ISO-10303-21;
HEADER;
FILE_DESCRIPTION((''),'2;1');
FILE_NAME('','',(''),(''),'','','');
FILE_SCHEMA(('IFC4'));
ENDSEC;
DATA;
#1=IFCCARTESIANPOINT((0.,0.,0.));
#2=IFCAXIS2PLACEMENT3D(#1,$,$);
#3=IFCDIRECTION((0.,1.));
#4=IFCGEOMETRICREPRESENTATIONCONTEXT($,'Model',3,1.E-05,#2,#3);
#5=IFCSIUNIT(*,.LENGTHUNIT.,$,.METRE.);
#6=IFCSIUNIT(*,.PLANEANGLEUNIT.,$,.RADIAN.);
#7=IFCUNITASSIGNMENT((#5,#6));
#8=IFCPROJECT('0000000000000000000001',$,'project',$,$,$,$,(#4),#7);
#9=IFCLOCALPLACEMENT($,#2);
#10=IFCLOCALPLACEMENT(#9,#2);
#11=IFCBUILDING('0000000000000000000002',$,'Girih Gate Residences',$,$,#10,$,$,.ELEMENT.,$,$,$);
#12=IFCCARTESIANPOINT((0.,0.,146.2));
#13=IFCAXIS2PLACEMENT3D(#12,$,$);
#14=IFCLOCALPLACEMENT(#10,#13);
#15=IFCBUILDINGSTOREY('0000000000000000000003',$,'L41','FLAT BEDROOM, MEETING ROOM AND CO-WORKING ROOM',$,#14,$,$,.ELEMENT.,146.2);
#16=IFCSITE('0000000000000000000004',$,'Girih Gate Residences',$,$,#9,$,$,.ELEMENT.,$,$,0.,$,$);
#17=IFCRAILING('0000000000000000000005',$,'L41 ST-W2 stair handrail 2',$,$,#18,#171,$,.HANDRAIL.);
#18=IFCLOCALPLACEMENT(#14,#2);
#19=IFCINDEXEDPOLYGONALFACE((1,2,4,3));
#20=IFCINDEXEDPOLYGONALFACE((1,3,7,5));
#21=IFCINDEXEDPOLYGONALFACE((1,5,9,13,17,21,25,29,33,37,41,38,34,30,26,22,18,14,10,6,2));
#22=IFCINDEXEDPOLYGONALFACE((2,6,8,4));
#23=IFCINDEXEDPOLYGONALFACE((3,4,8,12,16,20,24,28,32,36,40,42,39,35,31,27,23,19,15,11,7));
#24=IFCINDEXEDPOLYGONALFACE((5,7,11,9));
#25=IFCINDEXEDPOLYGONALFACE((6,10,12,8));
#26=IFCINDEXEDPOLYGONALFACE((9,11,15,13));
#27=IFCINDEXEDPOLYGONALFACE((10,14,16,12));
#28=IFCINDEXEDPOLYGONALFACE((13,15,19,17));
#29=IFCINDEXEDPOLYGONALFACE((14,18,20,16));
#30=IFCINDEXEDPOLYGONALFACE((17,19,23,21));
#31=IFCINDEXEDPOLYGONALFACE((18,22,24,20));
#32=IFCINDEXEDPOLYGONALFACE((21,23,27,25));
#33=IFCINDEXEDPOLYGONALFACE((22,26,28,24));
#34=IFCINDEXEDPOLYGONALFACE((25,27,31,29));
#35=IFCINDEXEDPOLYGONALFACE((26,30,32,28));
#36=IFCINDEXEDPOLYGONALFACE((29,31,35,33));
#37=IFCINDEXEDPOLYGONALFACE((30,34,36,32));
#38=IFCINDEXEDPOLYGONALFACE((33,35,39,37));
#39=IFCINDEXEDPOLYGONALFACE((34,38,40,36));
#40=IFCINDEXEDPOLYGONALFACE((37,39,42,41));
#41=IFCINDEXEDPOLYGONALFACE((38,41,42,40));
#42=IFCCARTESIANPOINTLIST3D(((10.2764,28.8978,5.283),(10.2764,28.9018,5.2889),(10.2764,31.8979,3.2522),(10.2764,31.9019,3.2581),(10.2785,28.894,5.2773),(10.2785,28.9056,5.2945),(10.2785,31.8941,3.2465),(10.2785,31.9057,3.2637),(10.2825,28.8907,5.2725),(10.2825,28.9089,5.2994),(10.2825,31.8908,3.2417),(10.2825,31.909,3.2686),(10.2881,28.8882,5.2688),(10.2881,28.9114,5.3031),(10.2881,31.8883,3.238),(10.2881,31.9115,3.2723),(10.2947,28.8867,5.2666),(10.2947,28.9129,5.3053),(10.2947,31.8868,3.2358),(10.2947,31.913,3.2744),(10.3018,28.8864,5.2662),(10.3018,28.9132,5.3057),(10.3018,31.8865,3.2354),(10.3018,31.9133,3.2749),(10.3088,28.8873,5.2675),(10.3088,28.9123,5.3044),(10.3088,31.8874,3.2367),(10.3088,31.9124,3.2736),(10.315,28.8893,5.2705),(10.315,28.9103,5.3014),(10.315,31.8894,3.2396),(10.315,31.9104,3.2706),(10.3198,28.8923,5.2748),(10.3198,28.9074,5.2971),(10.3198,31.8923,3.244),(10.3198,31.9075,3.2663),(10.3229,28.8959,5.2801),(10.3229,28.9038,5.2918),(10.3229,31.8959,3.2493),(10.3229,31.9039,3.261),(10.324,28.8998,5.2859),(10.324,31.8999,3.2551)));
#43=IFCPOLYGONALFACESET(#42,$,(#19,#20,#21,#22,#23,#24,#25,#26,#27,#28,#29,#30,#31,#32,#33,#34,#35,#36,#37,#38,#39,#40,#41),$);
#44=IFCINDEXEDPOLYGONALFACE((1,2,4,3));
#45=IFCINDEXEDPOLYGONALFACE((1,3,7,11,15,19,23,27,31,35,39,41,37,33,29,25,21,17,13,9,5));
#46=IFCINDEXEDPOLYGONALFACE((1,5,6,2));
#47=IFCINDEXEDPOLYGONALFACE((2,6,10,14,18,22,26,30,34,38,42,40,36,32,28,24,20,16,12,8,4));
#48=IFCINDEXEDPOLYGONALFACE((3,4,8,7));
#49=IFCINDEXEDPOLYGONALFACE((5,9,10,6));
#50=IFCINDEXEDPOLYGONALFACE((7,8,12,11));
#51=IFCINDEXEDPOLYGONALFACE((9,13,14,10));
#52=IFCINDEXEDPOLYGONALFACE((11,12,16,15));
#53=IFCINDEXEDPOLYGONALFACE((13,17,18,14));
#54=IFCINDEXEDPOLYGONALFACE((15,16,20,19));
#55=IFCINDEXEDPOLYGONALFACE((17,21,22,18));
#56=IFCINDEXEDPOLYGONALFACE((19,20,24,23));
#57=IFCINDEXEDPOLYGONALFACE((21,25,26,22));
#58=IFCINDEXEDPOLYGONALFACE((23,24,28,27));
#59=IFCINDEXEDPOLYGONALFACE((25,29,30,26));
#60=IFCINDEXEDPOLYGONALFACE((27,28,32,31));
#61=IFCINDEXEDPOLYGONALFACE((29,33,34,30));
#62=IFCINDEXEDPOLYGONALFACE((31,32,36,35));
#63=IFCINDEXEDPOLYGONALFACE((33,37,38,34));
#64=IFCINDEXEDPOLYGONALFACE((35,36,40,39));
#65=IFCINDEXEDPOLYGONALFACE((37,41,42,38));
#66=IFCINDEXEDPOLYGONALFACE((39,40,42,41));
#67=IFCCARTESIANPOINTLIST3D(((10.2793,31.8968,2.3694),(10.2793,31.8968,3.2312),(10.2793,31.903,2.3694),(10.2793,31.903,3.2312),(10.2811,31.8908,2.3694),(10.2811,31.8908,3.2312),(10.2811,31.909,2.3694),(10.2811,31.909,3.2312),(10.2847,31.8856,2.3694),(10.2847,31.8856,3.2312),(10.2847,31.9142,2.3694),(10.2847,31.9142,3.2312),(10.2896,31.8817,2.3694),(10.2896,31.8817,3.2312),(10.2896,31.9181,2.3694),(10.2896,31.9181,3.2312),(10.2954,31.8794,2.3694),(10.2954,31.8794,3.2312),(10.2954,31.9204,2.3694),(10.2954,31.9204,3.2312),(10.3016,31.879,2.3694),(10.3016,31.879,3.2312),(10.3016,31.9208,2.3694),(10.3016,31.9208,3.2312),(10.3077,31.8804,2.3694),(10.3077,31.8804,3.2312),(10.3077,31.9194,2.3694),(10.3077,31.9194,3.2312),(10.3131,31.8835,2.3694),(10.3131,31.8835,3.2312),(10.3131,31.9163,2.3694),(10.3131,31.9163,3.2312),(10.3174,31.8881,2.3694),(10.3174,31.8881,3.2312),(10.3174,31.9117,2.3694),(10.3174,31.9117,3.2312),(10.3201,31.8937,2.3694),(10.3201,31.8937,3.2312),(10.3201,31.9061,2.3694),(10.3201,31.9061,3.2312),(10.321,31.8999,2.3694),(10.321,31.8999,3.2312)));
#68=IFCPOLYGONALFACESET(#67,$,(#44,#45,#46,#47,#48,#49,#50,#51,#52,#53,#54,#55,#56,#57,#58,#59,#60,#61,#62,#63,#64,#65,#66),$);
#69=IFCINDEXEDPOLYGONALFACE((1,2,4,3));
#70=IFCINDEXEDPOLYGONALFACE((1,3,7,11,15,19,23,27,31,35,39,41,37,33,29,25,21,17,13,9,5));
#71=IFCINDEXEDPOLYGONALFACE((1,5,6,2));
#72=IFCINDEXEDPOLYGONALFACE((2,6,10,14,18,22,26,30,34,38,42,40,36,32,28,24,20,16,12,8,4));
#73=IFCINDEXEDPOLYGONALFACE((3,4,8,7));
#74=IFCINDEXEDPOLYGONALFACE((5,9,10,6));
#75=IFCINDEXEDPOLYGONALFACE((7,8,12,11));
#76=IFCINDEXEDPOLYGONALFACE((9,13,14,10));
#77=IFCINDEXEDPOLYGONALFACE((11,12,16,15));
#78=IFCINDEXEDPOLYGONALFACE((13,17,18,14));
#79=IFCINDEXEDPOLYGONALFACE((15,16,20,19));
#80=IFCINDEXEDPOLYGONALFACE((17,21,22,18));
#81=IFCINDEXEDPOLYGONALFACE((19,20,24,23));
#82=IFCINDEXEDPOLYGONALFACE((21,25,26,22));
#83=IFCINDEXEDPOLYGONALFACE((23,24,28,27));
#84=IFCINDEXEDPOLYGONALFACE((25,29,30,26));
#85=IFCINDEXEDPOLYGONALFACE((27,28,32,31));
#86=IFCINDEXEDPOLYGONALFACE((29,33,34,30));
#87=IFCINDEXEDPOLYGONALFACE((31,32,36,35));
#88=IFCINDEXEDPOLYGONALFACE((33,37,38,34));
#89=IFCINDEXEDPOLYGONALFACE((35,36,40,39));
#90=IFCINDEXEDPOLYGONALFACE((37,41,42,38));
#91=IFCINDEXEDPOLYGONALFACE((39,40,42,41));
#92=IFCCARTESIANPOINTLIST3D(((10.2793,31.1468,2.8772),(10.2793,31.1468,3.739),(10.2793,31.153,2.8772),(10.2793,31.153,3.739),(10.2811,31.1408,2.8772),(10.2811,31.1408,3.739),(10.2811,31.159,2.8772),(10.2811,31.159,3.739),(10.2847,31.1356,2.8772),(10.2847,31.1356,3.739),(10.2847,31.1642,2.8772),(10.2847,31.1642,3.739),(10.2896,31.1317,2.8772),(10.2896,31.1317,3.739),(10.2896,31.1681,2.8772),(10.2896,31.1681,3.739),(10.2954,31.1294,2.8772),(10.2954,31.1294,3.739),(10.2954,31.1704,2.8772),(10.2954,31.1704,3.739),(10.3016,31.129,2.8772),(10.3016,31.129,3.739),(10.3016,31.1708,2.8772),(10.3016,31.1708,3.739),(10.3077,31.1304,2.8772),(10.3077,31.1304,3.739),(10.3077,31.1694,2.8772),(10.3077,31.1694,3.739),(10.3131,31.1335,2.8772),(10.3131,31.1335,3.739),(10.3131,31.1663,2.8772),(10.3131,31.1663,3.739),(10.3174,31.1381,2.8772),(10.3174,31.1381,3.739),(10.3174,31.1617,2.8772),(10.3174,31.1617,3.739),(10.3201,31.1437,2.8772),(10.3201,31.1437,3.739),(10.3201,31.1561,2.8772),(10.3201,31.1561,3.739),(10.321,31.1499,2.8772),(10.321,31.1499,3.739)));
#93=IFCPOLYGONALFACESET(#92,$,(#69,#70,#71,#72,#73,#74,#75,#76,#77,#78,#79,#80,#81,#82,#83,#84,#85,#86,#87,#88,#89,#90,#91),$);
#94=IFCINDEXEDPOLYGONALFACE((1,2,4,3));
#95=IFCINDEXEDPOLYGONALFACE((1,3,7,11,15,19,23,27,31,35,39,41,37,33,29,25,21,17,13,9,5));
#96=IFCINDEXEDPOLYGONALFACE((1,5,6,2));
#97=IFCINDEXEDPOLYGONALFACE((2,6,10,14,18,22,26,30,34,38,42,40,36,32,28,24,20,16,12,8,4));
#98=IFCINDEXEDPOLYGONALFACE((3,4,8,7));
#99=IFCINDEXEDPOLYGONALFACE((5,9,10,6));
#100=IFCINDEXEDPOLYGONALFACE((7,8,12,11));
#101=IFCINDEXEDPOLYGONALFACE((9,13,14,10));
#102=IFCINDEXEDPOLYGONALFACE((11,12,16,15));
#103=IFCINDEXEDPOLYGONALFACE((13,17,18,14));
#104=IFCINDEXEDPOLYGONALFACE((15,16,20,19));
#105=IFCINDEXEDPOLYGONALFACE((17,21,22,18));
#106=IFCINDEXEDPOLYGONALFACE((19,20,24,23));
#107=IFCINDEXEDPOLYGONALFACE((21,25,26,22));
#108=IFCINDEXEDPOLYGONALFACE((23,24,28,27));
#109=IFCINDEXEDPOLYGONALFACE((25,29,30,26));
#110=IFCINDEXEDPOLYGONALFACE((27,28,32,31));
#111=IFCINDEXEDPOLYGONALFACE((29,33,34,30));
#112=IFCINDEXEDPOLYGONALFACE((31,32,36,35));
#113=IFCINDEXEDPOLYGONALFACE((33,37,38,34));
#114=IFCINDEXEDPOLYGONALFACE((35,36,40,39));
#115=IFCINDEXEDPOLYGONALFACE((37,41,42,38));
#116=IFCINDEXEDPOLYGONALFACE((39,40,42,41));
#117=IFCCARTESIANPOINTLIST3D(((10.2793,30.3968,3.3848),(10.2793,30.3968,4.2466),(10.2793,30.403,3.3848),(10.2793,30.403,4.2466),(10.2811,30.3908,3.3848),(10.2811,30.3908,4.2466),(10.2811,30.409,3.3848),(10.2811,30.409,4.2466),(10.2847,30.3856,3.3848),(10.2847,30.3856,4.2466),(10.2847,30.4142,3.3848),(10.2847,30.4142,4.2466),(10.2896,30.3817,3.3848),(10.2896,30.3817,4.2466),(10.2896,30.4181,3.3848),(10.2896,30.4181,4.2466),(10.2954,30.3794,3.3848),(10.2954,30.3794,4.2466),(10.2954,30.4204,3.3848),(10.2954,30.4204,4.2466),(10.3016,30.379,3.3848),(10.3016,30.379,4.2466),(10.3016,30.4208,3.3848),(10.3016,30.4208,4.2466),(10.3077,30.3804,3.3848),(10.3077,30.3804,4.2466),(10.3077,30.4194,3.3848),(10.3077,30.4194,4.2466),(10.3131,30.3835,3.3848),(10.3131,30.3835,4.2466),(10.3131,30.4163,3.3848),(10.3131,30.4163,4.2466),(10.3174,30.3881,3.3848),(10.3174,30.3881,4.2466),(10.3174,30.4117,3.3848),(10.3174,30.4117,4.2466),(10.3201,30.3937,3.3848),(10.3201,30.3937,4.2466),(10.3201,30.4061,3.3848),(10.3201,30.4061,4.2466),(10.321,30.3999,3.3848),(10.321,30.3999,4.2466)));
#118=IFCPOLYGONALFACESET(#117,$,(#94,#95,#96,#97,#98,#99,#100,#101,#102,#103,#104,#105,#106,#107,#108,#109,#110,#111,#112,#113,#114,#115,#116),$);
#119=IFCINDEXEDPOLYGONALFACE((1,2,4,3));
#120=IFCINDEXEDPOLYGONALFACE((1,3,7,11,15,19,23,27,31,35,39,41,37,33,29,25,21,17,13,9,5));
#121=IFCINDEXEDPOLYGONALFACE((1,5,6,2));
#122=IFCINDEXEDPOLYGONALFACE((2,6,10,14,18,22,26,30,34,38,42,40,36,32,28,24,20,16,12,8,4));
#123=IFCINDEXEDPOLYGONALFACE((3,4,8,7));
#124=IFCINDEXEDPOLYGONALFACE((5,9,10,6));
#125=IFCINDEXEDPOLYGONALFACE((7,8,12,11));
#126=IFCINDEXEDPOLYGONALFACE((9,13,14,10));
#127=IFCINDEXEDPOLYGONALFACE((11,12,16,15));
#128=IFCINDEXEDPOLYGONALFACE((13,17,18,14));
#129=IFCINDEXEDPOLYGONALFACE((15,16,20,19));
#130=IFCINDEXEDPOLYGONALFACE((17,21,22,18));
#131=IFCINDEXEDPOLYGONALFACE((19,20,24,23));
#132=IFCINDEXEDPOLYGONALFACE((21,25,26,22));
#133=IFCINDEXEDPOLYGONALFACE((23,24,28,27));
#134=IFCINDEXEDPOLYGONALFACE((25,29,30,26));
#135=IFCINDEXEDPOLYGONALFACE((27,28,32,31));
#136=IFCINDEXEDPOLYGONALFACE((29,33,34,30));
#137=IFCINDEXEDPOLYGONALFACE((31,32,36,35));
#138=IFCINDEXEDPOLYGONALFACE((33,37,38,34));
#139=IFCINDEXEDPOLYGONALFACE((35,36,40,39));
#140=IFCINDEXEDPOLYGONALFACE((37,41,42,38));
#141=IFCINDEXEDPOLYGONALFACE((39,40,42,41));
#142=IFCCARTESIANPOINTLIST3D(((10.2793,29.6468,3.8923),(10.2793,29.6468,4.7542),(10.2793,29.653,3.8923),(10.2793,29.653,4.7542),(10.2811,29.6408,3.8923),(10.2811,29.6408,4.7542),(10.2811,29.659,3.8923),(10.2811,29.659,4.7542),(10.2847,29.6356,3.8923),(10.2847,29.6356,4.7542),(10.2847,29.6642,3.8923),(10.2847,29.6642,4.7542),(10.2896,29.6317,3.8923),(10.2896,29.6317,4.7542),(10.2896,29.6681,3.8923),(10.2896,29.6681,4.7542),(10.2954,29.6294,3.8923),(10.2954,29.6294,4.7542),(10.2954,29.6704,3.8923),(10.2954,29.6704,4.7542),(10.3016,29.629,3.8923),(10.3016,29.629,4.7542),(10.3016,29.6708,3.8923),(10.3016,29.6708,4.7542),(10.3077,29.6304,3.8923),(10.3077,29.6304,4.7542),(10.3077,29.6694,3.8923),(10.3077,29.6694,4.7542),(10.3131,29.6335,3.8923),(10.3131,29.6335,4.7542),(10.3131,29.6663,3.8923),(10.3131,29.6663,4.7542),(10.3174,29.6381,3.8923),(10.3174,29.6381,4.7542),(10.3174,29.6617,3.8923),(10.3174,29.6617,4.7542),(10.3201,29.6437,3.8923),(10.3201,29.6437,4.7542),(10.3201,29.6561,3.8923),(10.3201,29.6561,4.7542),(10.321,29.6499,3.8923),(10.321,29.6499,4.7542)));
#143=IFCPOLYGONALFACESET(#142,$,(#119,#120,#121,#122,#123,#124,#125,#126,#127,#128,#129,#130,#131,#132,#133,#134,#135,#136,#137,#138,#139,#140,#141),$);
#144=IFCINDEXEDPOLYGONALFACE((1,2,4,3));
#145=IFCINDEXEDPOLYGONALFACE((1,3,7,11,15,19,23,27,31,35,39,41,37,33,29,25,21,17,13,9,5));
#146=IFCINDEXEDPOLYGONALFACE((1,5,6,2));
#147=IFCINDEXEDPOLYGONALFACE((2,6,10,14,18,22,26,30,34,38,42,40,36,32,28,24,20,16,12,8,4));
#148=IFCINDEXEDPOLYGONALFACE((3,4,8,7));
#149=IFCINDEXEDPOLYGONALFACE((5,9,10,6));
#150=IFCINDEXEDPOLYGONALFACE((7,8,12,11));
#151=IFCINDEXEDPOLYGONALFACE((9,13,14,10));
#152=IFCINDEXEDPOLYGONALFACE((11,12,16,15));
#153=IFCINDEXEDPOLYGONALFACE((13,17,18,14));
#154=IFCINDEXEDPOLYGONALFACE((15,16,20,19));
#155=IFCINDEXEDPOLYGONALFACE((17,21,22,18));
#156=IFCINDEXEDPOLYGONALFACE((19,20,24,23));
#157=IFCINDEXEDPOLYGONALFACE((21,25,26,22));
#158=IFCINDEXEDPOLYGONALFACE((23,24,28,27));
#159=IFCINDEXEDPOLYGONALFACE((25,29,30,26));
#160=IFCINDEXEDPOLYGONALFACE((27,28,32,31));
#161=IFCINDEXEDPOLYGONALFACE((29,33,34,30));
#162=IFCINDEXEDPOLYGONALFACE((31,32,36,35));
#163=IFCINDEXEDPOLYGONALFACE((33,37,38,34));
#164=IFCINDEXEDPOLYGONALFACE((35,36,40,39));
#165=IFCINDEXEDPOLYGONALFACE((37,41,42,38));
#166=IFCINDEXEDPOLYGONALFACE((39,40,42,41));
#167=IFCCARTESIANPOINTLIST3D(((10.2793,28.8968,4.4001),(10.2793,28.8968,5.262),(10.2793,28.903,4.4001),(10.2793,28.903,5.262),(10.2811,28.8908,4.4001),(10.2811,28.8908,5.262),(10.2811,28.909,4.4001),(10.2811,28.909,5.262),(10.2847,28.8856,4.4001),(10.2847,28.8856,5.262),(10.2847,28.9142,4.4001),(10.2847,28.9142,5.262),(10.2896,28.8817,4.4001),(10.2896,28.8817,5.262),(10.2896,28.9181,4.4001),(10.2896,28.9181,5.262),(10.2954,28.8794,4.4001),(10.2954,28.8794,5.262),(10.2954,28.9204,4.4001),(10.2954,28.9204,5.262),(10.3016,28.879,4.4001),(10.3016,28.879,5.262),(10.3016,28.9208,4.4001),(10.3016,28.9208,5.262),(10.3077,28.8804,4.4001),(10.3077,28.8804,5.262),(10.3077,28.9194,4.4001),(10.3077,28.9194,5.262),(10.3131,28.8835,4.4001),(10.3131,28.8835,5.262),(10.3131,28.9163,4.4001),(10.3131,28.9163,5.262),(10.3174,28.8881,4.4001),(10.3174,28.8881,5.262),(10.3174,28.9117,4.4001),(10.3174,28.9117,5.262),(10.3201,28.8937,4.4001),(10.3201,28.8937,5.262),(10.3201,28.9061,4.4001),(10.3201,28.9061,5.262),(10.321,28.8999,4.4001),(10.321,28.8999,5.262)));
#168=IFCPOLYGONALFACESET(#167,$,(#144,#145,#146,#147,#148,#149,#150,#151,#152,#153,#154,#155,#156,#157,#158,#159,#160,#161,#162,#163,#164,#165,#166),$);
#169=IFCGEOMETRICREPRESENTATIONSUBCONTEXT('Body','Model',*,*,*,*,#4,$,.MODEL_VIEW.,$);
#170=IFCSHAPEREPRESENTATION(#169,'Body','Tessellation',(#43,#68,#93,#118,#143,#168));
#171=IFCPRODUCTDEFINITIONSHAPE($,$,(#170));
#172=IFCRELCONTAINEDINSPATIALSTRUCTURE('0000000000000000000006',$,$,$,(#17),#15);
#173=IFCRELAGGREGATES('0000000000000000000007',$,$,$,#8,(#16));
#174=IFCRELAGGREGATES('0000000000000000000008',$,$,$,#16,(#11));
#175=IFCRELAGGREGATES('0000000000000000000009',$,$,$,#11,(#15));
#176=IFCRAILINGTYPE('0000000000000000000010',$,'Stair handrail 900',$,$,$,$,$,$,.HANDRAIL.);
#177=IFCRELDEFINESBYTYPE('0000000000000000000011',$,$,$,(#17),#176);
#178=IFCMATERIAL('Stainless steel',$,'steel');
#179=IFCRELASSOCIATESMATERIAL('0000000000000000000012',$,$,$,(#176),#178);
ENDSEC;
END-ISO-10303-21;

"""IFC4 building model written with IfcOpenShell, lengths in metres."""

from ifc_helpers import new_model, si_unit, direction, frame, origin, origin_2d, place, context, subcontext, project, spatial, circle, extrude, material, type_object, element, save


model = new_model("IFC4")

# Units and contexts
model_context = context("Model", 3, precision=1e-05, world=origin(), true_north=direction((0.0, 1.0)))
body_context = subcontext(model_context, "Body", "Model", "MODEL_VIEW")
ifc_project = project(units=[si_unit("LENGTHUNIT", "METRE"), si_unit("PLANEANGLEUNIT", "RADIAN")], contexts=[model_context])

# Site, building, storey
site_placement = place(None, origin())
site = spatial("IfcSite", under=ifc_project, at=site_placement, Name="Girih Gate Residences", CompositionType="ELEMENT", RefElevation=0.0)
building_placement = place(site_placement, origin())
building = spatial("IfcBuilding", under=site, at=building_placement, Name="Girih Gate Residences", CompositionType="ELEMENT")
storey_placement = place(building_placement, frame((0.0, 0.0, 146.2)))
storey = spatial("IfcBuildingStorey", under=building, at=storey_placement, Name="L41", Description="FLAT BEDROOM, MEETING ROOM AND CO-WORKING ROOM", CompositionType="ELEMENT", Elevation=146.2)

# Railing
ifc_material_1 = material(Name="Stainless steel", Category="steel")
railing_type_1 = type_object("IfcRailingType", Name="Stair handrail 900", PredefinedType="HANDRAIL", material=ifc_material_1)
railing_1_placement = place(storey_placement, frame((10.3, 31.8999, 2.3694)))
element("IfcRailing", 1, at=railing_1_placement, inside=storey, type_object=railing_type_1, Name="L41 ST-W2 stair handrail 2", PredefinedType="HANDRAIL", context=body_context, shape_type="SweptSolid", body=[
    extrude(circle(Radius=0.0239, at=origin_2d()), frame((0.0, 0.0, 0.8857), z_axis=(0.0, -0.82811, 0.560565), x_axis=(1.0, 0.0, 0.0)), (0.0, 0.0, 1.0), 3.6228),
    extrude(circle(Radius=0.021, at=origin_2d()), origin(), (0.0, 0.0, 1.0), 0.8618),
    extrude(circle(Radius=0.021, at=origin_2d()), frame((0.0, -0.75, 0.5078)), (0.0, 0.0, 1.0), 0.8618),
    extrude(circle(Radius=0.021, at=origin_2d()), frame((0.0, -1.5, 1.0154)), (0.0, 0.0, 1.0), 0.8618),
    extrude(circle(Radius=0.021, at=origin_2d()), frame((0.0, -2.25, 1.5229)), (0.0, 0.0, 1.0), 0.8618),
    extrude(circle(Radius=0.021, at=origin_2d()), frame((0.0, -3.0, 2.0308)), (0.0, 0.0, 1.0), 0.8618),
])

save(model, "model.ifc")
